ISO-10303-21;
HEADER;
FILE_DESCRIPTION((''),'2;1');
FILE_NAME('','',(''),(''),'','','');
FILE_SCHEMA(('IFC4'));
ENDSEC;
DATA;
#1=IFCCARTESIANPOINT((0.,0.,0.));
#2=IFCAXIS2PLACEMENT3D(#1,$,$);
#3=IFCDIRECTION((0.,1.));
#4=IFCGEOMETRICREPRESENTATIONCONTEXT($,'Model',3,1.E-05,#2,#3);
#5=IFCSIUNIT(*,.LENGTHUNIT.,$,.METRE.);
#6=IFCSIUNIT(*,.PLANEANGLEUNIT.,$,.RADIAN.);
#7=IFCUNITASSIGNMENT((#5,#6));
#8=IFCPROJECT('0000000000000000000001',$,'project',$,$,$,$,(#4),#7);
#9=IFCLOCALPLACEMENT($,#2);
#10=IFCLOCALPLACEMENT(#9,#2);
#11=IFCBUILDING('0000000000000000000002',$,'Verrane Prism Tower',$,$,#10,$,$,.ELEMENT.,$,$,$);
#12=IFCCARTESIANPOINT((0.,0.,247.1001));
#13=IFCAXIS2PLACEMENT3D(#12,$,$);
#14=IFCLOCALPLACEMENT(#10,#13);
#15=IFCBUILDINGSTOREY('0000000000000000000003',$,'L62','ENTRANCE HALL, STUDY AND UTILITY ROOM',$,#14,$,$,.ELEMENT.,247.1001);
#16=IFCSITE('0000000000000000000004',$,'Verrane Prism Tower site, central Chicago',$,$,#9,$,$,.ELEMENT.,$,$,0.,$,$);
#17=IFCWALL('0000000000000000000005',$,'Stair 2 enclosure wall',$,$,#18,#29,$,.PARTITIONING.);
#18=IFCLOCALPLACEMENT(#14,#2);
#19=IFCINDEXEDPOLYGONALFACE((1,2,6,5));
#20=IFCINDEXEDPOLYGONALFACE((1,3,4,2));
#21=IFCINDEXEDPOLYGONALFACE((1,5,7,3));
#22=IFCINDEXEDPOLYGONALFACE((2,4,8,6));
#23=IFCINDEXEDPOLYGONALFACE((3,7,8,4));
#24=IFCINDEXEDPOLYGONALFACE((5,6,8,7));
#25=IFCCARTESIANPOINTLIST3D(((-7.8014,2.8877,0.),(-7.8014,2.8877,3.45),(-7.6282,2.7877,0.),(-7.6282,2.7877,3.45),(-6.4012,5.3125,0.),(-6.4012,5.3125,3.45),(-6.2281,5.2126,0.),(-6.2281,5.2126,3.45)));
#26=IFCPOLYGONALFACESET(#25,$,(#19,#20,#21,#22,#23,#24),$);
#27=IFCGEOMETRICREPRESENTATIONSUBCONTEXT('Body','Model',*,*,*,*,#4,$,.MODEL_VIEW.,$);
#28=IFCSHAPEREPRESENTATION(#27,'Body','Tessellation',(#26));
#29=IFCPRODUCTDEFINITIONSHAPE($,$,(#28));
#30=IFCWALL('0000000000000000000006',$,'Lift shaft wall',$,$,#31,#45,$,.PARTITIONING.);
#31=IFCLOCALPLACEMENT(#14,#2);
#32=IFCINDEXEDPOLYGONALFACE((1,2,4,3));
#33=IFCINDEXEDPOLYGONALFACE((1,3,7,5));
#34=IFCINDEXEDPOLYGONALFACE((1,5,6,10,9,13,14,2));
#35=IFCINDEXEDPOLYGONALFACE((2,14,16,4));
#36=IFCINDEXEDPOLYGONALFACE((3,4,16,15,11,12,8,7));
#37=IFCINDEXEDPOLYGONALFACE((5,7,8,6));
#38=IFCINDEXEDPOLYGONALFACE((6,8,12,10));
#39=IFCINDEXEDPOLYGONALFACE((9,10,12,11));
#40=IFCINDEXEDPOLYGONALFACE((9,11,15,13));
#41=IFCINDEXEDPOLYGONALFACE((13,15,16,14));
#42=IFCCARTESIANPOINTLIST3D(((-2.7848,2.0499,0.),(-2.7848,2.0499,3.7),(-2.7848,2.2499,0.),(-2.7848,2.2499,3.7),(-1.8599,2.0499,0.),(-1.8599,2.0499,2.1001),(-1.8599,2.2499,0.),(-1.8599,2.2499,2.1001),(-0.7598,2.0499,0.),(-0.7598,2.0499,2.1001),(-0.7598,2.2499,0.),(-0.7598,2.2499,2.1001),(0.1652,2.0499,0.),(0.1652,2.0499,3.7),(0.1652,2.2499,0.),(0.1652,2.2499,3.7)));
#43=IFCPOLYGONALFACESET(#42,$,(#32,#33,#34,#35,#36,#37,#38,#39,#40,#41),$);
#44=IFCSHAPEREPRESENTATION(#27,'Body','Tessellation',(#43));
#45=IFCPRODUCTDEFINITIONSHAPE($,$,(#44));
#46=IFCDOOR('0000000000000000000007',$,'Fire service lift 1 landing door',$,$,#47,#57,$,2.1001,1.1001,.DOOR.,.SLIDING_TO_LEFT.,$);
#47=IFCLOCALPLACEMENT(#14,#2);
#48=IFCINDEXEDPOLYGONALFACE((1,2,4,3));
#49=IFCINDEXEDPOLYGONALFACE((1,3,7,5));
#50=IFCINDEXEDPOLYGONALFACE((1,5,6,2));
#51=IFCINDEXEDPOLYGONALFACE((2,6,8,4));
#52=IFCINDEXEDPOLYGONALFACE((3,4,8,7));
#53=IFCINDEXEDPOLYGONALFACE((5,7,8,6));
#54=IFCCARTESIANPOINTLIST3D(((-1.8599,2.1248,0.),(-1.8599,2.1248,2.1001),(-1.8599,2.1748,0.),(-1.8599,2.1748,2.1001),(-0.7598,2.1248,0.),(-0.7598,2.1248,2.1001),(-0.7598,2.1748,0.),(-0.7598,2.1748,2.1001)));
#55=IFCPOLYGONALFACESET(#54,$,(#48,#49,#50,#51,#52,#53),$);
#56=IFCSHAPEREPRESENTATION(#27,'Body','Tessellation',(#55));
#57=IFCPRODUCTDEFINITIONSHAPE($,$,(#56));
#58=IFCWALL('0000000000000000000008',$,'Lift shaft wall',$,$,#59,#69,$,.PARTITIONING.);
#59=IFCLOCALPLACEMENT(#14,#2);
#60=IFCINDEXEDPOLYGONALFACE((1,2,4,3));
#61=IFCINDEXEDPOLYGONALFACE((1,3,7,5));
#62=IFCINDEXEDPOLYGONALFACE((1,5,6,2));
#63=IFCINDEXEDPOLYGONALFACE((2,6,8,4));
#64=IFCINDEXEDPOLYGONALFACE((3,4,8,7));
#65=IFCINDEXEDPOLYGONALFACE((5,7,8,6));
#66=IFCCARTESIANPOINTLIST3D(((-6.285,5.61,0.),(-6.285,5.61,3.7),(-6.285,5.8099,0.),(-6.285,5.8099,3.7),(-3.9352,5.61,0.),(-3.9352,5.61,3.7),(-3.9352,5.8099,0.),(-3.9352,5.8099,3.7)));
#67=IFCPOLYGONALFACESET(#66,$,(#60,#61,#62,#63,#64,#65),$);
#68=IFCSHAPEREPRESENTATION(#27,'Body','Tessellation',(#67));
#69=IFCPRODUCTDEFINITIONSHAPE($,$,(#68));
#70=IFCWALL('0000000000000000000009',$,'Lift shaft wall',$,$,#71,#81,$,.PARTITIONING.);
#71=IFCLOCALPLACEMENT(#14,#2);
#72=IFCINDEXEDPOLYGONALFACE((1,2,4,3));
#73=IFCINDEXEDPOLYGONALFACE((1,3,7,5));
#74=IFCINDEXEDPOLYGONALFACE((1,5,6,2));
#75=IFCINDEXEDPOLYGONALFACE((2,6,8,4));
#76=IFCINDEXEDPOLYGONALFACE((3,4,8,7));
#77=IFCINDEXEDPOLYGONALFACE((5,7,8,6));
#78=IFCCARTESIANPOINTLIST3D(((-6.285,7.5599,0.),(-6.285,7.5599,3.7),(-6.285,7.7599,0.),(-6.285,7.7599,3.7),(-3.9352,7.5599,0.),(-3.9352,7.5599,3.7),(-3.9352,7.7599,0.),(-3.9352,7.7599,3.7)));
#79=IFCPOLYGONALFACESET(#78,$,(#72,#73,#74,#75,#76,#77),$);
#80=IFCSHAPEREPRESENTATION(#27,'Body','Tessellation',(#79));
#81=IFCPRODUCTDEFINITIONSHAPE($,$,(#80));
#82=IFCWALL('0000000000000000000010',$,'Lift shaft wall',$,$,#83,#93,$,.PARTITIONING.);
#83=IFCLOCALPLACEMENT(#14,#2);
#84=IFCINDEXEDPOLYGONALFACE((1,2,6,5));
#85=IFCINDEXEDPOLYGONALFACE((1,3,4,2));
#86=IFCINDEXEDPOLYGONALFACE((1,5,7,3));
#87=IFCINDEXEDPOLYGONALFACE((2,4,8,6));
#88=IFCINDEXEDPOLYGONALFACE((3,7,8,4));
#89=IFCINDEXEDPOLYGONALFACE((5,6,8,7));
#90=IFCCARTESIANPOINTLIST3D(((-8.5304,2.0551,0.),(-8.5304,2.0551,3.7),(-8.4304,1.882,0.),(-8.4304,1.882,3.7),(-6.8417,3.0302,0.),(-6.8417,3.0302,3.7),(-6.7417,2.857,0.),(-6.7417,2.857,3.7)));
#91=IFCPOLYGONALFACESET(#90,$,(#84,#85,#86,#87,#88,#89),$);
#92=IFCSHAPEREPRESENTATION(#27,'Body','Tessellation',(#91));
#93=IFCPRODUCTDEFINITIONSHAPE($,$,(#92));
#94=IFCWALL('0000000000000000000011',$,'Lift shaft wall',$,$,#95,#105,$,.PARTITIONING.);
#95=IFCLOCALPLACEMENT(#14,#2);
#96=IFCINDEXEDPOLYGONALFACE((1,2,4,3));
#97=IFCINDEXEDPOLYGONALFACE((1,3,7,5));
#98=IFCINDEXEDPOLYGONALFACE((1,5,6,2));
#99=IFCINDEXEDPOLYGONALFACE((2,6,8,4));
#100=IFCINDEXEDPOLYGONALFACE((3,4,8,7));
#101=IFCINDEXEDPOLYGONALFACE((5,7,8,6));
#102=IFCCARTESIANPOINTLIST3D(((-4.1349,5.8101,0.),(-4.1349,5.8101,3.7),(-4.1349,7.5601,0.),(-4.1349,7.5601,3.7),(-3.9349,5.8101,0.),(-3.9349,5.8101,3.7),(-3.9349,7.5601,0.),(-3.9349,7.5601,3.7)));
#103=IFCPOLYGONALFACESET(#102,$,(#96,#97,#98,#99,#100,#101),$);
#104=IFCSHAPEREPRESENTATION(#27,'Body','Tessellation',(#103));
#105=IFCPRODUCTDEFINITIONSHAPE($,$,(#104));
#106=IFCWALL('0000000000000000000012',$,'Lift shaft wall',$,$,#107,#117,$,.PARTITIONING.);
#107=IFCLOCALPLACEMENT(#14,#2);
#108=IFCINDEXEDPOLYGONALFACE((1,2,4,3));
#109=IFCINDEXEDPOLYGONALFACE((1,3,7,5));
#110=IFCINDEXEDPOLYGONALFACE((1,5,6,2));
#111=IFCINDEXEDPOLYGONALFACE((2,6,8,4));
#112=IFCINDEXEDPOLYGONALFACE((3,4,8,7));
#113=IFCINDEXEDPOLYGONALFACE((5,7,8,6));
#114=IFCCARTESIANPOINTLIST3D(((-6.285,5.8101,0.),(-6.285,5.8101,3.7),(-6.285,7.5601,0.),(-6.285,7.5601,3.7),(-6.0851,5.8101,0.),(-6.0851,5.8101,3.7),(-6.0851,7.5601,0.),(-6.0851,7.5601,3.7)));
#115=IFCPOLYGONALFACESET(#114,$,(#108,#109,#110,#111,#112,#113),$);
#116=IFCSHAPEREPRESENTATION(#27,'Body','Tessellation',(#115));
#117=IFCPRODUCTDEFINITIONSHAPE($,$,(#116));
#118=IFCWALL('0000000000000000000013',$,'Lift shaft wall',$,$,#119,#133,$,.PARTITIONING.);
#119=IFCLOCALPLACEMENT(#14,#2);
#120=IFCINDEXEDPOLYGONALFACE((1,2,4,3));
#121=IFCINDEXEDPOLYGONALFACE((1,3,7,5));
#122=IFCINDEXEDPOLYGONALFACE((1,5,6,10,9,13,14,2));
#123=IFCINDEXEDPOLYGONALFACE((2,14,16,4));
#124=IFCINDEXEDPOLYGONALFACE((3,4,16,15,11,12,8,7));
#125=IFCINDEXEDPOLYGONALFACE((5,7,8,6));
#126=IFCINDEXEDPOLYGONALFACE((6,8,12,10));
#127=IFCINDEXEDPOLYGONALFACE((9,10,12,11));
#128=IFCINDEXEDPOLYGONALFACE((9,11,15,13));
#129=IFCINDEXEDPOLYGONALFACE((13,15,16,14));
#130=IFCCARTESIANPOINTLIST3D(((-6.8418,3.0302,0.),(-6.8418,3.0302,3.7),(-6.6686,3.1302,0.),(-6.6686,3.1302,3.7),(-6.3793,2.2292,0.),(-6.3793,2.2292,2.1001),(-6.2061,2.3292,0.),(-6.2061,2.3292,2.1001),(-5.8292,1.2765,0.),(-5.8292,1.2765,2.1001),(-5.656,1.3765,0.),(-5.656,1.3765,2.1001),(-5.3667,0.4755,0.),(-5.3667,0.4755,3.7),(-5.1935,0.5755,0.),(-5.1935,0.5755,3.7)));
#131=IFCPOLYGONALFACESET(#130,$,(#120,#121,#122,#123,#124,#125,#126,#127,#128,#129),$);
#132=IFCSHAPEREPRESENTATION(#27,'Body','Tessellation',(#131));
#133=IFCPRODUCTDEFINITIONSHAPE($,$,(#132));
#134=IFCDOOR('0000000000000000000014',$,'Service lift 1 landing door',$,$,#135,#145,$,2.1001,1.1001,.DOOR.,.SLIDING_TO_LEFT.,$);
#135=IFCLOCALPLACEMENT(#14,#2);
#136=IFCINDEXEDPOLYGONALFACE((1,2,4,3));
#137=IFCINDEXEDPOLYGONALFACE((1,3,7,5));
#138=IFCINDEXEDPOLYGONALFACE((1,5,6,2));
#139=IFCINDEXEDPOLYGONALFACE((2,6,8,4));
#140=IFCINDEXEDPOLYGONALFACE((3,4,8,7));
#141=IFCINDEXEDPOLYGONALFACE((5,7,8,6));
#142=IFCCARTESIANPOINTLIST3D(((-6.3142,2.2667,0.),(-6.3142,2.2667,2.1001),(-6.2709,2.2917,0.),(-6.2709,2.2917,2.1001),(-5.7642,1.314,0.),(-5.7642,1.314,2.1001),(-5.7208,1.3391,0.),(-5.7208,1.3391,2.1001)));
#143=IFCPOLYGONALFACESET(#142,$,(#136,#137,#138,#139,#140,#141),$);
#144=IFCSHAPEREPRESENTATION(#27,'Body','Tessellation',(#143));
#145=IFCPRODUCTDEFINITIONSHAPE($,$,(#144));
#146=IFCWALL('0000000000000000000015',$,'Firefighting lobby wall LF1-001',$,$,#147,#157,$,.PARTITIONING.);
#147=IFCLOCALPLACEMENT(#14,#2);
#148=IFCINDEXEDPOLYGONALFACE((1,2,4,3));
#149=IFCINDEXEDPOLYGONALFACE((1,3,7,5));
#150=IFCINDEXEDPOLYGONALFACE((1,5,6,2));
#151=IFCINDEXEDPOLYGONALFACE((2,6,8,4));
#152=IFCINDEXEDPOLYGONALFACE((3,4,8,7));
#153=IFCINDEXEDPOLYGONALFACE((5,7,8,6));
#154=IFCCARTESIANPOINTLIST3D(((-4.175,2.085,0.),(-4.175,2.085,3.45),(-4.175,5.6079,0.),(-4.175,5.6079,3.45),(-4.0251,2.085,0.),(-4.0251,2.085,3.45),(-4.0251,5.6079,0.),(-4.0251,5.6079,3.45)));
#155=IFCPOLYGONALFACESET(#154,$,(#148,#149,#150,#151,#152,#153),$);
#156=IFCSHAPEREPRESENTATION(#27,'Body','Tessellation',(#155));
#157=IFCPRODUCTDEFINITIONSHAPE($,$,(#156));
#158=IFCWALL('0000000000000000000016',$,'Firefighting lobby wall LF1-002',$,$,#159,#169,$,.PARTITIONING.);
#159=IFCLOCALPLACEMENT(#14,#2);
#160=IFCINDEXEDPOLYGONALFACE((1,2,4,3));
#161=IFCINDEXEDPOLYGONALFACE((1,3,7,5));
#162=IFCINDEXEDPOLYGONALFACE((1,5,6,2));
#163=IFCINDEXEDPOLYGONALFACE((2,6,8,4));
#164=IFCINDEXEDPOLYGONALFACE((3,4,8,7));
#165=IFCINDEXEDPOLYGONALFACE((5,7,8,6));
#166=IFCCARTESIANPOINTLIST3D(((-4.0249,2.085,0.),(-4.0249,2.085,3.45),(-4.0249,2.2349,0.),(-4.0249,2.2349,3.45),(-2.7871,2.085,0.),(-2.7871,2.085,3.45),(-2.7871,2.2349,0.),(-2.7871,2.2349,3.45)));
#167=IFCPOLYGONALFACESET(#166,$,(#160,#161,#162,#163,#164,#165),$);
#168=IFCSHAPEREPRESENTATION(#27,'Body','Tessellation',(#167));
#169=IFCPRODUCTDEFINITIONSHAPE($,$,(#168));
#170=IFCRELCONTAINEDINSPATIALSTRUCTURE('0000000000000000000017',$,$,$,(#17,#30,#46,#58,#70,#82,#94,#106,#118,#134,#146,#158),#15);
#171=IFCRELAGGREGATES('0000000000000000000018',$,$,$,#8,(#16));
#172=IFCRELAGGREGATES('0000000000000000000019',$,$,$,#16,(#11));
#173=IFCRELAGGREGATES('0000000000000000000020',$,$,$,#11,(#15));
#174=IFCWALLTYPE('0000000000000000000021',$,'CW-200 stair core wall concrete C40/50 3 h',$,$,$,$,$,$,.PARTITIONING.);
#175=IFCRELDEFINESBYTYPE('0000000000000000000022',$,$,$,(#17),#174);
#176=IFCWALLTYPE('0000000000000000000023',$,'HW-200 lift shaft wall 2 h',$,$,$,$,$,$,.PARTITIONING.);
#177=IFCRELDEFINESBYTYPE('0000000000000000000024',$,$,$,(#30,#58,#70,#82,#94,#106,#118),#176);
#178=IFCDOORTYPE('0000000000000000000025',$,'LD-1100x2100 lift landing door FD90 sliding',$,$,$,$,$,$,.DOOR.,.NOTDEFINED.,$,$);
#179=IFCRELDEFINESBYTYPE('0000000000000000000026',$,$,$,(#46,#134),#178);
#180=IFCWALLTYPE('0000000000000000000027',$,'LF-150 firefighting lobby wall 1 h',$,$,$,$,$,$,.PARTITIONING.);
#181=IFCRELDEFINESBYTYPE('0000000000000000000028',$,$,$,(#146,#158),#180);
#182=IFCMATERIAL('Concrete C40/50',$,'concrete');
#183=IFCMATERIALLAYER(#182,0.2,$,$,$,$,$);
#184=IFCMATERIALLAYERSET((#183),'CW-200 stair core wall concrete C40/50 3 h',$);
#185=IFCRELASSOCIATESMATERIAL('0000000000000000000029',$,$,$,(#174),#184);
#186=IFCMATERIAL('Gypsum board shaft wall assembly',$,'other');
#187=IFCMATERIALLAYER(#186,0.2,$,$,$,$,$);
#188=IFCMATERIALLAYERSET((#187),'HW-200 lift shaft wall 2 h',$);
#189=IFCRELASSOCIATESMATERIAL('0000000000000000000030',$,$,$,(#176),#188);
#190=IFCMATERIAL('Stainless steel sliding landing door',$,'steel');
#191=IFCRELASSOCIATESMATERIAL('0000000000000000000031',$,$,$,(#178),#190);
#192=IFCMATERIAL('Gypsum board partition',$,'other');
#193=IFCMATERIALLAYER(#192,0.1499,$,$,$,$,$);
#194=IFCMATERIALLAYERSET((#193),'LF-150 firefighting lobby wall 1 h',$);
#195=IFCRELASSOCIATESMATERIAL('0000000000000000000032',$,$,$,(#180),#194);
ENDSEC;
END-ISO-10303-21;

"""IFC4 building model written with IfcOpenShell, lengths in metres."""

from ifc_helpers import new_model, si_unit, direction, frame, frame_2d, origin, place, context, subcontext, project, spatial, rectangle, extrude, material, layer, layer_set, type_object, element, fill, save


model = new_model("IFC4")

# Units and contexts
model_context = context("Model", 3, precision=1e-05, world=origin(), true_north=direction((0.0, 1.0)))
body_context = subcontext(model_context, "Body", "Model", "MODEL_VIEW")
ifc_project = project(units=[si_unit("LENGTHUNIT", "METRE"), si_unit("PLANEANGLEUNIT", "RADIAN")], contexts=[model_context])

# Site, building, storey
site_placement = place(None, origin())
site = spatial("IfcSite", under=ifc_project, at=site_placement, Name="Verrane Prism Tower site, central Chicago", CompositionType="ELEMENT", RefElevation=0.0)
building_placement = place(site_placement, origin())
building = spatial("IfcBuilding", under=site, at=building_placement, Name="Verrane Prism Tower", CompositionType="ELEMENT")
storey_placement = place(building_placement, frame((0.0, 0.0, 247.1001)))
storey = spatial("IfcBuildingStorey", under=building, at=storey_placement, Name="L62", Description="ENTRANCE HALL, STUDY AND UTILITY ROOM", CompositionType="ELEMENT", Elevation=247.1001)

# Wall
ifc_material_1 = material(Name="Concrete C40/50", Category="concrete")
ifc_layer_1 = layer(ifc_material_1, 0.2)
ifc_layer_set_1 = layer_set([ifc_layer_1], Name="CW-200 stair core wall concrete C40/50 3 h")
wall_type_1 = type_object("IfcWallType", Name="CW-200 stair core wall concrete C40/50 3 h", PredefinedType="PARTITIONING", material=ifc_layer_set_1)
wall_1_placement = place(storey_placement, frame((-6.3147, 5.2625, 0.0), z_axis=(0.0, 0.0, 1.0), x_axis=(-0.50005, -0.865997, 0.0)))
element("IfcWall", 1, at=wall_1_placement, inside=storey, type_object=wall_type_1, Name="Stair 2 enclosure wall", PredefinedType="PARTITIONING", context=body_context, shape_type="SweptSolid", body=[
    extrude(rectangle(XDim=2.8, YDim=0.2, at=frame_2d((1.3999, 0.0))), origin(), (0.0, 0.0, 1.0), 3.45),
])

# Wall, opening, door
ifc_material_2 = material(Name="Gypsum board shaft wall assembly", Category="other")
ifc_layer_2 = layer(ifc_material_2, 0.2)
ifc_layer_set_2 = layer_set([ifc_layer_2], Name="HW-200 lift shaft wall 2 h")
wall_type_2 = type_object("IfcWallType", Name="HW-200 lift shaft wall 2 h", PredefinedType="PARTITIONING", material=ifc_layer_set_2)
wall_2_placement = place(storey_placement, frame((-2.7849, 2.1499, 0.0), z_axis=(0.0, 0.0, 1.0), x_axis=(1.0, 0.0, 0.0)))
wall_2 = element("IfcWall", 2, at=wall_2_placement, inside=storey, type_object=wall_type_2, Name="Lift shaft wall", PredefinedType="PARTITIONING", context=body_context, shape_type="SweptSolid", body=[
    extrude(rectangle(XDim=2.95, YDim=0.2, at=frame_2d((1.4751, 0.0))), origin(), (0.0, 0.0, 1.0), 3.7),
])
opening_1_placement = place(wall_2_placement, frame((0.925, 0.0, 0.0)))
opening_1 = element("IfcOpeningElement", 3, at=opening_1_placement, cuts=wall_2, PredefinedType="OPENING", context=body_context, shape_type="SweptSolid", body=[
    extrude(rectangle(XDim=1.1001, YDim=2.1001, at=frame_2d((0.55, 1.05))), frame((0.0, 0.1099, 0.0), z_axis=(0.0, -1.0, 0.0), x_axis=(1.0, 0.0, 0.0)), (0.0, 0.0, 1.0), 0.22),
])
ifc_material_3 = material(Name="Stainless steel sliding landing door", Category="steel")
door_type_1 = type_object("IfcDoorType", Name="LD-1100x2100 lift landing door FD90 sliding", OperationType="NOTDEFINED", PredefinedType="DOOR", material=ifc_material_3)
door_1_placement = place(opening_1_placement, origin())
door_1 = element("IfcDoor", 4, at=door_1_placement, inside=storey, type_object=door_type_1, Name="Fire service lift 1 landing door", OperationType="SLIDING_TO_LEFT", OverallHeight=2.1001, OverallWidth=1.1001, PredefinedType="DOOR", context=body_context, shape_type="SweptSolid", body=[
    extrude(rectangle(XDim=1.1001, YDim=2.1001, at=frame_2d((0.55, 1.05))), frame((0.0, 0.0249, 0.0), z_axis=(0.0, -1.0, 0.0), x_axis=(1.0, 0.0, 0.0)), (0.0, 0.0, 1.0), 0.05),
])
fill(opening_1, door_1)

# Walls
for number, where, z_axis, x_axis, name in (
    (5, (-6.2849, 5.71, 0.0), (0.0, 0.0, 1.0), (1.0, 0.0, 0.0), "Lift shaft wall"),
    (6, (-6.2849, 7.6599, 0.0), (0.0, 0.0, 1.0), (1.0, 0.0, 0.0), "Lift shaft wall"),
):
    element("IfcWall", number, at=place(storey_placement, frame(where, z_axis=z_axis, x_axis=x_axis)), inside=storey, type_object=wall_type_2, Name=name, PredefinedType="PARTITIONING", context=body_context, shape_type="SweptSolid", body=[
        extrude(rectangle(XDim=2.3499, YDim=0.2, at=frame_2d((1.1748, 0.0))), origin(), (0.0, 0.0, 1.0), 3.7),
    ])
wall_3_placement = place(storey_placement, frame((-8.4805, 1.9685, 0.0), z_axis=(0.0, 0.0, 1.0), x_axis=(0.866, 0.500044, 0.0)))
element("IfcWall", 7, at=wall_3_placement, inside=storey, type_object=wall_type_2, Name="Lift shaft wall", PredefinedType="PARTITIONING", context=body_context, shape_type="SweptSolid", body=[
    extrude(rectangle(XDim=1.95, YDim=0.2, at=frame_2d((0.9751, 0.0))), origin(), (0.0, 0.0, 1.0), 3.7),
])
for number, where, z_axis, x_axis, name in (
    (8, (-4.0349, 5.8101, 0.0), (0.0, 0.0, 1.0), (0.0, 1.0, 0.0), "Lift shaft wall"),
    (9, (-6.1851, 5.8101, 0.0), (0.0, 0.0, 1.0), (0.0, 1.0, 0.0), "Lift shaft wall"),
):
    element("IfcWall", number, at=place(storey_placement, frame(where, z_axis=z_axis, x_axis=x_axis)), inside=storey, type_object=wall_type_2, Name=name, PredefinedType="PARTITIONING", context=body_context, shape_type="SweptSolid", body=[
        extrude(rectangle(XDim=1.75, YDim=0.2, at=frame_2d((0.875, 0.0))), origin(), (0.0, 0.0, 1.0), 3.7),
    ])

# Wall, opening, door
wall_4_placement = place(storey_placement, frame((-5.28, 0.5254, 0.0), z_axis=(0.0, 0.0, 1.0), x_axis=(-0.500038, 0.866004, 0.0)))
wall_4 = element("IfcWall", 10, at=wall_4_placement, inside=storey, type_object=wall_type_2, Name="Lift shaft wall", PredefinedType="PARTITIONING", context=body_context, shape_type="SweptSolid", body=[
    extrude(rectangle(XDim=2.95, YDim=0.2, at=frame_2d((1.4751, 0.0))), origin(), (0.0, 0.0, 1.0), 3.7),
])
opening_2_placement = place(wall_4_placement, frame((0.925, 0.0, 0.0)))
opening_2 = element("IfcOpeningElement", 11, at=opening_2_placement, cuts=wall_4, PredefinedType="OPENING", context=body_context, shape_type="SweptSolid", body=[
    extrude(rectangle(XDim=1.1001, YDim=2.1001, at=frame_2d((0.55, 1.05))), frame((0.0, 0.1099, 0.0), z_axis=(0.0, -1.0, 0.0), x_axis=(1.0, 0.0, 0.0)), (0.0, 0.0, 1.0), 0.22),
])
door_2_placement = place(opening_2_placement, origin())
door_2 = element("IfcDoor", 12, at=door_2_placement, inside=storey, type_object=door_type_1, Name="Service lift 1 landing door", OperationType="SLIDING_TO_LEFT", OverallHeight=2.1001, OverallWidth=1.1001, PredefinedType="DOOR", context=body_context, shape_type="SweptSolid", body=[
    extrude(rectangle(XDim=1.1001, YDim=2.1001, at=frame_2d((0.55, 1.05))), frame((0.0, 0.0249, 0.0), z_axis=(0.0, -1.0, 0.0), x_axis=(1.0, 0.0, 0.0)), (0.0, 0.0, 1.0), 0.05),
])
fill(opening_2, door_2)

# Walls
ifc_material_4 = material(Name="Gypsum board partition", Category="other")
ifc_layer_3 = layer(ifc_material_4, 0.1499)
ifc_layer_set_3 = layer_set([ifc_layer_3], Name="LF-150 firefighting lobby wall 1 h")
wall_type_3 = type_object("IfcWallType", Name="LF-150 firefighting lobby wall 1 h", PredefinedType="PARTITIONING", material=ifc_layer_set_3)
wall_5_placement = place(storey_placement, frame((-4.1001, 2.085, 0.0), z_axis=(0.0, 0.0, 1.0), x_axis=(0.0, 1.0, 0.0)))
element("IfcWall", 13, at=wall_5_placement, inside=storey, type_object=wall_type_3, Name="Firefighting lobby wall LF1-001", PredefinedType="PARTITIONING", context=body_context, shape_type="SweptSolid", body=[
    extrude(rectangle(XDim=3.5229, YDim=0.1499, at=frame_2d((1.7615, 0.0))), origin(), (0.0, 0.0, 1.0), 3.45),
])
wall_6_placement = place(storey_placement, frame((-4.0249, 2.1599, 0.0), z_axis=(0.0, 0.0, 1.0), x_axis=(1.0, 0.0, 0.0)))
element("IfcWall", 14, at=wall_6_placement, inside=storey, type_object=wall_type_3, Name="Firefighting lobby wall LF1-002", PredefinedType="PARTITIONING", context=body_context, shape_type="SweptSolid", body=[
    extrude(rectangle(XDim=1.2378, YDim=0.1499, at=frame_2d((0.6189, 0.0))), origin(), (0.0, 0.0, 1.0), 3.45),
])

save(model, "model.ifc")
